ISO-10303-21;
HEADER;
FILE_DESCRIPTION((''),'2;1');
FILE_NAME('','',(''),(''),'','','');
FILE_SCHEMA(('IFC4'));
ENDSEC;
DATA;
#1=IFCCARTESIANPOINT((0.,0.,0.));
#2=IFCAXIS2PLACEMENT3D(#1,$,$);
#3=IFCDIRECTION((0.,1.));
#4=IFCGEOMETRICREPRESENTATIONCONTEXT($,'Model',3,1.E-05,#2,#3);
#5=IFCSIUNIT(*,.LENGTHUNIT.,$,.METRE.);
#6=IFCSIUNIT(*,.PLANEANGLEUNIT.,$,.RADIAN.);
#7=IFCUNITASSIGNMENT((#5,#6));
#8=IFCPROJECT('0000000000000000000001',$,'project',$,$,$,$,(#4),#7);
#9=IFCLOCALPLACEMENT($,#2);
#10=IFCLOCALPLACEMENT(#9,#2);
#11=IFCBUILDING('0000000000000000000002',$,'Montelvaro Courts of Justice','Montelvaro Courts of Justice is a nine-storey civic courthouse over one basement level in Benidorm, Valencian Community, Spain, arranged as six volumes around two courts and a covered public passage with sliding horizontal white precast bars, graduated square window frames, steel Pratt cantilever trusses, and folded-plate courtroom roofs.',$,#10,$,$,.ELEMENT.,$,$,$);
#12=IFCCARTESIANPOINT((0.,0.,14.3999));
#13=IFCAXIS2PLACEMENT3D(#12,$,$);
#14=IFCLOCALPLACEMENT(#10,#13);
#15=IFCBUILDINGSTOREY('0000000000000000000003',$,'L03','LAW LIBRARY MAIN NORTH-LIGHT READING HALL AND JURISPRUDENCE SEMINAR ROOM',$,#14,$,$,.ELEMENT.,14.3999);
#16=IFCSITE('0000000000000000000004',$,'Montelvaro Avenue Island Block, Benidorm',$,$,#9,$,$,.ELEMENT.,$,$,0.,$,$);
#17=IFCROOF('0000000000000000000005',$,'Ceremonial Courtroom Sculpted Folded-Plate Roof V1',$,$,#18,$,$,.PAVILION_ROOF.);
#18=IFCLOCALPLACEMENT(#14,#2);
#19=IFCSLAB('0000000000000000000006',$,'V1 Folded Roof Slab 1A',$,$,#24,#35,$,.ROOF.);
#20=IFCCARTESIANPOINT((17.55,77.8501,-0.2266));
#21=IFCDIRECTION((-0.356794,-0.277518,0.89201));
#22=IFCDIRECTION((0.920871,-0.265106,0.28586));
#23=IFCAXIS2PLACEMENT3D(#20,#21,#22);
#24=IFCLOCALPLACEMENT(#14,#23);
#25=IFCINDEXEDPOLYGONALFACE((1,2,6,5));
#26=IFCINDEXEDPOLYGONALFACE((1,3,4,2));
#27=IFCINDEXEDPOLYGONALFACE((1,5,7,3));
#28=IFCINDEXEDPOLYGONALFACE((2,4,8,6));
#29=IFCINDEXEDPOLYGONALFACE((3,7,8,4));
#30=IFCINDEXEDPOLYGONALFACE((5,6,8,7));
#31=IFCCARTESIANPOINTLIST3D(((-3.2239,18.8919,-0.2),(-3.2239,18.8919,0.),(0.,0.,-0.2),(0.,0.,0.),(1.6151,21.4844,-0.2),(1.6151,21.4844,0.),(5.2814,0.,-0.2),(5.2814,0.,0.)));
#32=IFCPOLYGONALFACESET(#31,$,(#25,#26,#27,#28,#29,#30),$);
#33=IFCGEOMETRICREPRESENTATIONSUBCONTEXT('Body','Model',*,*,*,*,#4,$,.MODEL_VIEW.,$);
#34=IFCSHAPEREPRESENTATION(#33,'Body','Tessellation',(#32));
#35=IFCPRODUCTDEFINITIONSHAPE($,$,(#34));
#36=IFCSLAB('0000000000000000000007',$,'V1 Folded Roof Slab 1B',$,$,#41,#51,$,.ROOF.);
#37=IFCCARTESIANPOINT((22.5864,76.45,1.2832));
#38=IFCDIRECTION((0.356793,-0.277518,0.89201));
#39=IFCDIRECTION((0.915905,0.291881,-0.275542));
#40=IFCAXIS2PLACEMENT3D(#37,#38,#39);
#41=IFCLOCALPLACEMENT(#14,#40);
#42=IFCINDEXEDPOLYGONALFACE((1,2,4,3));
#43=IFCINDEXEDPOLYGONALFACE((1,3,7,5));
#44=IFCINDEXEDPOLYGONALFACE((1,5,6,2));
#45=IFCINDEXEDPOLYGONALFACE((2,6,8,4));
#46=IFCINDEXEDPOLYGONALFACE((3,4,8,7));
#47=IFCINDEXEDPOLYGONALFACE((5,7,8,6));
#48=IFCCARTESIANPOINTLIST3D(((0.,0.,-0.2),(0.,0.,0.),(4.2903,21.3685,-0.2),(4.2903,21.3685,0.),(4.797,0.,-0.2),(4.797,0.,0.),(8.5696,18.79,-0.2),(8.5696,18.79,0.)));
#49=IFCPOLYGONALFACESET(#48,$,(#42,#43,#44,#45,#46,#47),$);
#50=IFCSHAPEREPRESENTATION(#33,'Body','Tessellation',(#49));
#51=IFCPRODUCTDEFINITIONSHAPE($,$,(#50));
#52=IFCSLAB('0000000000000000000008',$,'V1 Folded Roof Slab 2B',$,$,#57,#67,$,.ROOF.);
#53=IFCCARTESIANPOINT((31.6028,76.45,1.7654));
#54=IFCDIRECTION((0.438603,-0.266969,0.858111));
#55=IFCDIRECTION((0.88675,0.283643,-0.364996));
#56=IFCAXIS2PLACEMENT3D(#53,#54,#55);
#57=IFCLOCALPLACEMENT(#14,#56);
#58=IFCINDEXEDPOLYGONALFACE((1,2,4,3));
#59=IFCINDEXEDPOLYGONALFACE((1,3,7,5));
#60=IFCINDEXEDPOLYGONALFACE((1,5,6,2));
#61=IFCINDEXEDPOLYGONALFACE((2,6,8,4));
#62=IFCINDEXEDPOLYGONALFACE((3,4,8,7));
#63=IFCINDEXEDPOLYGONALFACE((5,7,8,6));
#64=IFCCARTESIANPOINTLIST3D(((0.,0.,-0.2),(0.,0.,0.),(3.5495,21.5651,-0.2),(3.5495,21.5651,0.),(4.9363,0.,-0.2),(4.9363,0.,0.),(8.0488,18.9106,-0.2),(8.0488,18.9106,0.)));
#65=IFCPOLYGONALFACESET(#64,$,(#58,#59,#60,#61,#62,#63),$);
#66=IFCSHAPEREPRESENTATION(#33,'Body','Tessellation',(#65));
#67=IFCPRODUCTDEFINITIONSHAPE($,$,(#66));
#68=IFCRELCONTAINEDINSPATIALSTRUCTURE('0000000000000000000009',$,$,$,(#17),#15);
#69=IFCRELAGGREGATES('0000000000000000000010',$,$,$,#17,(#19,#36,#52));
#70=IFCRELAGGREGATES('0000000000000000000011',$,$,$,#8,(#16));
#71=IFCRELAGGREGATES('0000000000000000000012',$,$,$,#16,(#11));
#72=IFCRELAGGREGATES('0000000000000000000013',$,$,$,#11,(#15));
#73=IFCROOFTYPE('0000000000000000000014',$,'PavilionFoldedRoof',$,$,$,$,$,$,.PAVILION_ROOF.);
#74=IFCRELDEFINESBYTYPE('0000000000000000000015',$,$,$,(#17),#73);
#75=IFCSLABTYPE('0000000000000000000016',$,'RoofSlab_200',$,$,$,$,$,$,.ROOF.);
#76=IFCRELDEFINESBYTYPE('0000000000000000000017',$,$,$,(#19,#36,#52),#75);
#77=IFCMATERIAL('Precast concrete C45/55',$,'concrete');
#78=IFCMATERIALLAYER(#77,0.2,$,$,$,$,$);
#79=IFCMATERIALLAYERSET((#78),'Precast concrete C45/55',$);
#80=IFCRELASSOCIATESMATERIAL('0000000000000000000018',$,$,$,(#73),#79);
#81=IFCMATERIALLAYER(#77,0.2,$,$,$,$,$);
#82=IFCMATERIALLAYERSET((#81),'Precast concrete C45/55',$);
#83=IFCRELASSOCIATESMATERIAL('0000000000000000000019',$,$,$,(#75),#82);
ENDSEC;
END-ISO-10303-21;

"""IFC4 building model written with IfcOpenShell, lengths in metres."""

from ifc_helpers import new_model, si_unit, direction, frame, origin, place, context, subcontext, project, spatial, polyline, outline, extrude, material, layer, layer_set, type_object, element, aggregate, save


model = new_model("IFC4")

# Units and contexts
model_context = context("Model", 3, precision=1e-05, world=origin(), true_north=direction((0.0, 1.0)))
body_context = subcontext(model_context, "Body", "Model", "MODEL_VIEW")
ifc_project = project(units=[si_unit("LENGTHUNIT", "METRE"), si_unit("PLANEANGLEUNIT", "RADIAN")], contexts=[model_context])

# Site, building, storey
site_placement = place(None, origin())
site = spatial("IfcSite", under=ifc_project, at=site_placement, Name="Montelvaro Avenue Island Block, Benidorm", CompositionType="ELEMENT", RefElevation=0.0)
building_placement = place(site_placement, origin())
building = spatial("IfcBuilding", under=site, at=building_placement, Name="Montelvaro Courts of Justice", Description="Montelvaro Courts of Justice is a nine-storey civic courthouse over one basement level in Benidorm, Valencian Community, Spain, arranged as six volumes around two courts and a covered public passage with sliding horizontal white precast bars, graduated square window frames, steel Pratt cantilever trusses, and folded-plate courtroom roofs.", CompositionType="ELEMENT")
storey_placement = place(building_placement, frame((0.0, 0.0, 14.3999)))
storey = spatial("IfcBuildingStorey", under=building, at=storey_placement, Name="L03", Description="LAW LIBRARY MAIN NORTH-LIGHT READING HALL AND JURISPRUDENCE SEMINAR ROOM", CompositionType="ELEMENT", Elevation=14.3999)

# Roof, slabs
ifc_material_1 = material(Name="Precast concrete C45/55", Category="concrete")
ifc_layer_1 = layer(ifc_material_1, 0.2)
ifc_layer_set_1 = layer_set([ifc_layer_1], Name="Precast concrete C45/55")
roof_type = type_object("IfcRoofType", Name="PavilionFoldedRoof", PredefinedType="PAVILION_ROOF", material=ifc_layer_set_1)
roof_placement = place(storey_placement, origin())
roof = element("IfcRoof", 1, at=roof_placement, inside=storey, type_object=roof_type, Name="Ceremonial Courtroom Sculpted Folded-Plate Roof V1", PredefinedType="PAVILION_ROOF")
ifc_layer_2 = layer(ifc_material_1, 0.2)
ifc_layer_set_2 = layer_set([ifc_layer_2], Name="Precast concrete C45/55")
slab_type = type_object("IfcSlabType", Name="RoofSlab_200", PredefinedType="ROOF", material=ifc_layer_set_2)
slab_1_placement = place(storey_placement, frame((17.55, 77.8501, -0.2266), z_axis=(-0.356794, -0.277518, 0.89201), x_axis=(0.920871, -0.265106, 0.28586)))
slab_1 = element("IfcSlab", 2, at=slab_1_placement, type_object=slab_type, Name="V1 Folded Roof Slab 1A", PredefinedType="ROOF", context=body_context, shape_type="SweptSolid", body=[
    extrude(outline(polyline([(0.0, 0.0), (5.2814, 0.0), (1.6151, 21.4844), (-3.2239, 18.8919), (0.0, 0.0)])), origin(), (0.0, 0.0, -1.0), 0.2),
])
slab_2_placement = place(storey_placement, frame((22.5864, 76.45, 1.2832), z_axis=(0.356793, -0.277518, 0.89201), x_axis=(0.915905, 0.291881, -0.275542)))
slab_2 = element("IfcSlab", 3, at=slab_2_placement, type_object=slab_type, Name="V1 Folded Roof Slab 1B", PredefinedType="ROOF", context=body_context, shape_type="SweptSolid", body=[
    extrude(outline(polyline([(0.0, 0.0), (4.797, 0.0), (8.5696, 18.79), (4.2903, 21.3685), (0.0, 0.0)])), origin(), (0.0, 0.0, -1.0), 0.2),
])
slab_3_placement = place(storey_placement, frame((31.6028, 76.45, 1.7654), z_axis=(0.438603, -0.266969, 0.858111), x_axis=(0.88675, 0.283643, -0.364996)))
slab_3 = element("IfcSlab", 4, at=slab_3_placement, type_object=slab_type, Name="V1 Folded Roof Slab 2B", PredefinedType="ROOF", context=body_context, shape_type="SweptSolid", body=[
    extrude(outline(polyline([(0.0, 0.0), (4.9363, 0.0), (8.0488, 18.9106), (3.5495, 21.5651), (0.0, 0.0)])), origin(), (0.0, 0.0, -1.0), 0.2),
])
aggregate(roof, [slab_1, slab_2, slab_3])

save(model, "model.ifc")
